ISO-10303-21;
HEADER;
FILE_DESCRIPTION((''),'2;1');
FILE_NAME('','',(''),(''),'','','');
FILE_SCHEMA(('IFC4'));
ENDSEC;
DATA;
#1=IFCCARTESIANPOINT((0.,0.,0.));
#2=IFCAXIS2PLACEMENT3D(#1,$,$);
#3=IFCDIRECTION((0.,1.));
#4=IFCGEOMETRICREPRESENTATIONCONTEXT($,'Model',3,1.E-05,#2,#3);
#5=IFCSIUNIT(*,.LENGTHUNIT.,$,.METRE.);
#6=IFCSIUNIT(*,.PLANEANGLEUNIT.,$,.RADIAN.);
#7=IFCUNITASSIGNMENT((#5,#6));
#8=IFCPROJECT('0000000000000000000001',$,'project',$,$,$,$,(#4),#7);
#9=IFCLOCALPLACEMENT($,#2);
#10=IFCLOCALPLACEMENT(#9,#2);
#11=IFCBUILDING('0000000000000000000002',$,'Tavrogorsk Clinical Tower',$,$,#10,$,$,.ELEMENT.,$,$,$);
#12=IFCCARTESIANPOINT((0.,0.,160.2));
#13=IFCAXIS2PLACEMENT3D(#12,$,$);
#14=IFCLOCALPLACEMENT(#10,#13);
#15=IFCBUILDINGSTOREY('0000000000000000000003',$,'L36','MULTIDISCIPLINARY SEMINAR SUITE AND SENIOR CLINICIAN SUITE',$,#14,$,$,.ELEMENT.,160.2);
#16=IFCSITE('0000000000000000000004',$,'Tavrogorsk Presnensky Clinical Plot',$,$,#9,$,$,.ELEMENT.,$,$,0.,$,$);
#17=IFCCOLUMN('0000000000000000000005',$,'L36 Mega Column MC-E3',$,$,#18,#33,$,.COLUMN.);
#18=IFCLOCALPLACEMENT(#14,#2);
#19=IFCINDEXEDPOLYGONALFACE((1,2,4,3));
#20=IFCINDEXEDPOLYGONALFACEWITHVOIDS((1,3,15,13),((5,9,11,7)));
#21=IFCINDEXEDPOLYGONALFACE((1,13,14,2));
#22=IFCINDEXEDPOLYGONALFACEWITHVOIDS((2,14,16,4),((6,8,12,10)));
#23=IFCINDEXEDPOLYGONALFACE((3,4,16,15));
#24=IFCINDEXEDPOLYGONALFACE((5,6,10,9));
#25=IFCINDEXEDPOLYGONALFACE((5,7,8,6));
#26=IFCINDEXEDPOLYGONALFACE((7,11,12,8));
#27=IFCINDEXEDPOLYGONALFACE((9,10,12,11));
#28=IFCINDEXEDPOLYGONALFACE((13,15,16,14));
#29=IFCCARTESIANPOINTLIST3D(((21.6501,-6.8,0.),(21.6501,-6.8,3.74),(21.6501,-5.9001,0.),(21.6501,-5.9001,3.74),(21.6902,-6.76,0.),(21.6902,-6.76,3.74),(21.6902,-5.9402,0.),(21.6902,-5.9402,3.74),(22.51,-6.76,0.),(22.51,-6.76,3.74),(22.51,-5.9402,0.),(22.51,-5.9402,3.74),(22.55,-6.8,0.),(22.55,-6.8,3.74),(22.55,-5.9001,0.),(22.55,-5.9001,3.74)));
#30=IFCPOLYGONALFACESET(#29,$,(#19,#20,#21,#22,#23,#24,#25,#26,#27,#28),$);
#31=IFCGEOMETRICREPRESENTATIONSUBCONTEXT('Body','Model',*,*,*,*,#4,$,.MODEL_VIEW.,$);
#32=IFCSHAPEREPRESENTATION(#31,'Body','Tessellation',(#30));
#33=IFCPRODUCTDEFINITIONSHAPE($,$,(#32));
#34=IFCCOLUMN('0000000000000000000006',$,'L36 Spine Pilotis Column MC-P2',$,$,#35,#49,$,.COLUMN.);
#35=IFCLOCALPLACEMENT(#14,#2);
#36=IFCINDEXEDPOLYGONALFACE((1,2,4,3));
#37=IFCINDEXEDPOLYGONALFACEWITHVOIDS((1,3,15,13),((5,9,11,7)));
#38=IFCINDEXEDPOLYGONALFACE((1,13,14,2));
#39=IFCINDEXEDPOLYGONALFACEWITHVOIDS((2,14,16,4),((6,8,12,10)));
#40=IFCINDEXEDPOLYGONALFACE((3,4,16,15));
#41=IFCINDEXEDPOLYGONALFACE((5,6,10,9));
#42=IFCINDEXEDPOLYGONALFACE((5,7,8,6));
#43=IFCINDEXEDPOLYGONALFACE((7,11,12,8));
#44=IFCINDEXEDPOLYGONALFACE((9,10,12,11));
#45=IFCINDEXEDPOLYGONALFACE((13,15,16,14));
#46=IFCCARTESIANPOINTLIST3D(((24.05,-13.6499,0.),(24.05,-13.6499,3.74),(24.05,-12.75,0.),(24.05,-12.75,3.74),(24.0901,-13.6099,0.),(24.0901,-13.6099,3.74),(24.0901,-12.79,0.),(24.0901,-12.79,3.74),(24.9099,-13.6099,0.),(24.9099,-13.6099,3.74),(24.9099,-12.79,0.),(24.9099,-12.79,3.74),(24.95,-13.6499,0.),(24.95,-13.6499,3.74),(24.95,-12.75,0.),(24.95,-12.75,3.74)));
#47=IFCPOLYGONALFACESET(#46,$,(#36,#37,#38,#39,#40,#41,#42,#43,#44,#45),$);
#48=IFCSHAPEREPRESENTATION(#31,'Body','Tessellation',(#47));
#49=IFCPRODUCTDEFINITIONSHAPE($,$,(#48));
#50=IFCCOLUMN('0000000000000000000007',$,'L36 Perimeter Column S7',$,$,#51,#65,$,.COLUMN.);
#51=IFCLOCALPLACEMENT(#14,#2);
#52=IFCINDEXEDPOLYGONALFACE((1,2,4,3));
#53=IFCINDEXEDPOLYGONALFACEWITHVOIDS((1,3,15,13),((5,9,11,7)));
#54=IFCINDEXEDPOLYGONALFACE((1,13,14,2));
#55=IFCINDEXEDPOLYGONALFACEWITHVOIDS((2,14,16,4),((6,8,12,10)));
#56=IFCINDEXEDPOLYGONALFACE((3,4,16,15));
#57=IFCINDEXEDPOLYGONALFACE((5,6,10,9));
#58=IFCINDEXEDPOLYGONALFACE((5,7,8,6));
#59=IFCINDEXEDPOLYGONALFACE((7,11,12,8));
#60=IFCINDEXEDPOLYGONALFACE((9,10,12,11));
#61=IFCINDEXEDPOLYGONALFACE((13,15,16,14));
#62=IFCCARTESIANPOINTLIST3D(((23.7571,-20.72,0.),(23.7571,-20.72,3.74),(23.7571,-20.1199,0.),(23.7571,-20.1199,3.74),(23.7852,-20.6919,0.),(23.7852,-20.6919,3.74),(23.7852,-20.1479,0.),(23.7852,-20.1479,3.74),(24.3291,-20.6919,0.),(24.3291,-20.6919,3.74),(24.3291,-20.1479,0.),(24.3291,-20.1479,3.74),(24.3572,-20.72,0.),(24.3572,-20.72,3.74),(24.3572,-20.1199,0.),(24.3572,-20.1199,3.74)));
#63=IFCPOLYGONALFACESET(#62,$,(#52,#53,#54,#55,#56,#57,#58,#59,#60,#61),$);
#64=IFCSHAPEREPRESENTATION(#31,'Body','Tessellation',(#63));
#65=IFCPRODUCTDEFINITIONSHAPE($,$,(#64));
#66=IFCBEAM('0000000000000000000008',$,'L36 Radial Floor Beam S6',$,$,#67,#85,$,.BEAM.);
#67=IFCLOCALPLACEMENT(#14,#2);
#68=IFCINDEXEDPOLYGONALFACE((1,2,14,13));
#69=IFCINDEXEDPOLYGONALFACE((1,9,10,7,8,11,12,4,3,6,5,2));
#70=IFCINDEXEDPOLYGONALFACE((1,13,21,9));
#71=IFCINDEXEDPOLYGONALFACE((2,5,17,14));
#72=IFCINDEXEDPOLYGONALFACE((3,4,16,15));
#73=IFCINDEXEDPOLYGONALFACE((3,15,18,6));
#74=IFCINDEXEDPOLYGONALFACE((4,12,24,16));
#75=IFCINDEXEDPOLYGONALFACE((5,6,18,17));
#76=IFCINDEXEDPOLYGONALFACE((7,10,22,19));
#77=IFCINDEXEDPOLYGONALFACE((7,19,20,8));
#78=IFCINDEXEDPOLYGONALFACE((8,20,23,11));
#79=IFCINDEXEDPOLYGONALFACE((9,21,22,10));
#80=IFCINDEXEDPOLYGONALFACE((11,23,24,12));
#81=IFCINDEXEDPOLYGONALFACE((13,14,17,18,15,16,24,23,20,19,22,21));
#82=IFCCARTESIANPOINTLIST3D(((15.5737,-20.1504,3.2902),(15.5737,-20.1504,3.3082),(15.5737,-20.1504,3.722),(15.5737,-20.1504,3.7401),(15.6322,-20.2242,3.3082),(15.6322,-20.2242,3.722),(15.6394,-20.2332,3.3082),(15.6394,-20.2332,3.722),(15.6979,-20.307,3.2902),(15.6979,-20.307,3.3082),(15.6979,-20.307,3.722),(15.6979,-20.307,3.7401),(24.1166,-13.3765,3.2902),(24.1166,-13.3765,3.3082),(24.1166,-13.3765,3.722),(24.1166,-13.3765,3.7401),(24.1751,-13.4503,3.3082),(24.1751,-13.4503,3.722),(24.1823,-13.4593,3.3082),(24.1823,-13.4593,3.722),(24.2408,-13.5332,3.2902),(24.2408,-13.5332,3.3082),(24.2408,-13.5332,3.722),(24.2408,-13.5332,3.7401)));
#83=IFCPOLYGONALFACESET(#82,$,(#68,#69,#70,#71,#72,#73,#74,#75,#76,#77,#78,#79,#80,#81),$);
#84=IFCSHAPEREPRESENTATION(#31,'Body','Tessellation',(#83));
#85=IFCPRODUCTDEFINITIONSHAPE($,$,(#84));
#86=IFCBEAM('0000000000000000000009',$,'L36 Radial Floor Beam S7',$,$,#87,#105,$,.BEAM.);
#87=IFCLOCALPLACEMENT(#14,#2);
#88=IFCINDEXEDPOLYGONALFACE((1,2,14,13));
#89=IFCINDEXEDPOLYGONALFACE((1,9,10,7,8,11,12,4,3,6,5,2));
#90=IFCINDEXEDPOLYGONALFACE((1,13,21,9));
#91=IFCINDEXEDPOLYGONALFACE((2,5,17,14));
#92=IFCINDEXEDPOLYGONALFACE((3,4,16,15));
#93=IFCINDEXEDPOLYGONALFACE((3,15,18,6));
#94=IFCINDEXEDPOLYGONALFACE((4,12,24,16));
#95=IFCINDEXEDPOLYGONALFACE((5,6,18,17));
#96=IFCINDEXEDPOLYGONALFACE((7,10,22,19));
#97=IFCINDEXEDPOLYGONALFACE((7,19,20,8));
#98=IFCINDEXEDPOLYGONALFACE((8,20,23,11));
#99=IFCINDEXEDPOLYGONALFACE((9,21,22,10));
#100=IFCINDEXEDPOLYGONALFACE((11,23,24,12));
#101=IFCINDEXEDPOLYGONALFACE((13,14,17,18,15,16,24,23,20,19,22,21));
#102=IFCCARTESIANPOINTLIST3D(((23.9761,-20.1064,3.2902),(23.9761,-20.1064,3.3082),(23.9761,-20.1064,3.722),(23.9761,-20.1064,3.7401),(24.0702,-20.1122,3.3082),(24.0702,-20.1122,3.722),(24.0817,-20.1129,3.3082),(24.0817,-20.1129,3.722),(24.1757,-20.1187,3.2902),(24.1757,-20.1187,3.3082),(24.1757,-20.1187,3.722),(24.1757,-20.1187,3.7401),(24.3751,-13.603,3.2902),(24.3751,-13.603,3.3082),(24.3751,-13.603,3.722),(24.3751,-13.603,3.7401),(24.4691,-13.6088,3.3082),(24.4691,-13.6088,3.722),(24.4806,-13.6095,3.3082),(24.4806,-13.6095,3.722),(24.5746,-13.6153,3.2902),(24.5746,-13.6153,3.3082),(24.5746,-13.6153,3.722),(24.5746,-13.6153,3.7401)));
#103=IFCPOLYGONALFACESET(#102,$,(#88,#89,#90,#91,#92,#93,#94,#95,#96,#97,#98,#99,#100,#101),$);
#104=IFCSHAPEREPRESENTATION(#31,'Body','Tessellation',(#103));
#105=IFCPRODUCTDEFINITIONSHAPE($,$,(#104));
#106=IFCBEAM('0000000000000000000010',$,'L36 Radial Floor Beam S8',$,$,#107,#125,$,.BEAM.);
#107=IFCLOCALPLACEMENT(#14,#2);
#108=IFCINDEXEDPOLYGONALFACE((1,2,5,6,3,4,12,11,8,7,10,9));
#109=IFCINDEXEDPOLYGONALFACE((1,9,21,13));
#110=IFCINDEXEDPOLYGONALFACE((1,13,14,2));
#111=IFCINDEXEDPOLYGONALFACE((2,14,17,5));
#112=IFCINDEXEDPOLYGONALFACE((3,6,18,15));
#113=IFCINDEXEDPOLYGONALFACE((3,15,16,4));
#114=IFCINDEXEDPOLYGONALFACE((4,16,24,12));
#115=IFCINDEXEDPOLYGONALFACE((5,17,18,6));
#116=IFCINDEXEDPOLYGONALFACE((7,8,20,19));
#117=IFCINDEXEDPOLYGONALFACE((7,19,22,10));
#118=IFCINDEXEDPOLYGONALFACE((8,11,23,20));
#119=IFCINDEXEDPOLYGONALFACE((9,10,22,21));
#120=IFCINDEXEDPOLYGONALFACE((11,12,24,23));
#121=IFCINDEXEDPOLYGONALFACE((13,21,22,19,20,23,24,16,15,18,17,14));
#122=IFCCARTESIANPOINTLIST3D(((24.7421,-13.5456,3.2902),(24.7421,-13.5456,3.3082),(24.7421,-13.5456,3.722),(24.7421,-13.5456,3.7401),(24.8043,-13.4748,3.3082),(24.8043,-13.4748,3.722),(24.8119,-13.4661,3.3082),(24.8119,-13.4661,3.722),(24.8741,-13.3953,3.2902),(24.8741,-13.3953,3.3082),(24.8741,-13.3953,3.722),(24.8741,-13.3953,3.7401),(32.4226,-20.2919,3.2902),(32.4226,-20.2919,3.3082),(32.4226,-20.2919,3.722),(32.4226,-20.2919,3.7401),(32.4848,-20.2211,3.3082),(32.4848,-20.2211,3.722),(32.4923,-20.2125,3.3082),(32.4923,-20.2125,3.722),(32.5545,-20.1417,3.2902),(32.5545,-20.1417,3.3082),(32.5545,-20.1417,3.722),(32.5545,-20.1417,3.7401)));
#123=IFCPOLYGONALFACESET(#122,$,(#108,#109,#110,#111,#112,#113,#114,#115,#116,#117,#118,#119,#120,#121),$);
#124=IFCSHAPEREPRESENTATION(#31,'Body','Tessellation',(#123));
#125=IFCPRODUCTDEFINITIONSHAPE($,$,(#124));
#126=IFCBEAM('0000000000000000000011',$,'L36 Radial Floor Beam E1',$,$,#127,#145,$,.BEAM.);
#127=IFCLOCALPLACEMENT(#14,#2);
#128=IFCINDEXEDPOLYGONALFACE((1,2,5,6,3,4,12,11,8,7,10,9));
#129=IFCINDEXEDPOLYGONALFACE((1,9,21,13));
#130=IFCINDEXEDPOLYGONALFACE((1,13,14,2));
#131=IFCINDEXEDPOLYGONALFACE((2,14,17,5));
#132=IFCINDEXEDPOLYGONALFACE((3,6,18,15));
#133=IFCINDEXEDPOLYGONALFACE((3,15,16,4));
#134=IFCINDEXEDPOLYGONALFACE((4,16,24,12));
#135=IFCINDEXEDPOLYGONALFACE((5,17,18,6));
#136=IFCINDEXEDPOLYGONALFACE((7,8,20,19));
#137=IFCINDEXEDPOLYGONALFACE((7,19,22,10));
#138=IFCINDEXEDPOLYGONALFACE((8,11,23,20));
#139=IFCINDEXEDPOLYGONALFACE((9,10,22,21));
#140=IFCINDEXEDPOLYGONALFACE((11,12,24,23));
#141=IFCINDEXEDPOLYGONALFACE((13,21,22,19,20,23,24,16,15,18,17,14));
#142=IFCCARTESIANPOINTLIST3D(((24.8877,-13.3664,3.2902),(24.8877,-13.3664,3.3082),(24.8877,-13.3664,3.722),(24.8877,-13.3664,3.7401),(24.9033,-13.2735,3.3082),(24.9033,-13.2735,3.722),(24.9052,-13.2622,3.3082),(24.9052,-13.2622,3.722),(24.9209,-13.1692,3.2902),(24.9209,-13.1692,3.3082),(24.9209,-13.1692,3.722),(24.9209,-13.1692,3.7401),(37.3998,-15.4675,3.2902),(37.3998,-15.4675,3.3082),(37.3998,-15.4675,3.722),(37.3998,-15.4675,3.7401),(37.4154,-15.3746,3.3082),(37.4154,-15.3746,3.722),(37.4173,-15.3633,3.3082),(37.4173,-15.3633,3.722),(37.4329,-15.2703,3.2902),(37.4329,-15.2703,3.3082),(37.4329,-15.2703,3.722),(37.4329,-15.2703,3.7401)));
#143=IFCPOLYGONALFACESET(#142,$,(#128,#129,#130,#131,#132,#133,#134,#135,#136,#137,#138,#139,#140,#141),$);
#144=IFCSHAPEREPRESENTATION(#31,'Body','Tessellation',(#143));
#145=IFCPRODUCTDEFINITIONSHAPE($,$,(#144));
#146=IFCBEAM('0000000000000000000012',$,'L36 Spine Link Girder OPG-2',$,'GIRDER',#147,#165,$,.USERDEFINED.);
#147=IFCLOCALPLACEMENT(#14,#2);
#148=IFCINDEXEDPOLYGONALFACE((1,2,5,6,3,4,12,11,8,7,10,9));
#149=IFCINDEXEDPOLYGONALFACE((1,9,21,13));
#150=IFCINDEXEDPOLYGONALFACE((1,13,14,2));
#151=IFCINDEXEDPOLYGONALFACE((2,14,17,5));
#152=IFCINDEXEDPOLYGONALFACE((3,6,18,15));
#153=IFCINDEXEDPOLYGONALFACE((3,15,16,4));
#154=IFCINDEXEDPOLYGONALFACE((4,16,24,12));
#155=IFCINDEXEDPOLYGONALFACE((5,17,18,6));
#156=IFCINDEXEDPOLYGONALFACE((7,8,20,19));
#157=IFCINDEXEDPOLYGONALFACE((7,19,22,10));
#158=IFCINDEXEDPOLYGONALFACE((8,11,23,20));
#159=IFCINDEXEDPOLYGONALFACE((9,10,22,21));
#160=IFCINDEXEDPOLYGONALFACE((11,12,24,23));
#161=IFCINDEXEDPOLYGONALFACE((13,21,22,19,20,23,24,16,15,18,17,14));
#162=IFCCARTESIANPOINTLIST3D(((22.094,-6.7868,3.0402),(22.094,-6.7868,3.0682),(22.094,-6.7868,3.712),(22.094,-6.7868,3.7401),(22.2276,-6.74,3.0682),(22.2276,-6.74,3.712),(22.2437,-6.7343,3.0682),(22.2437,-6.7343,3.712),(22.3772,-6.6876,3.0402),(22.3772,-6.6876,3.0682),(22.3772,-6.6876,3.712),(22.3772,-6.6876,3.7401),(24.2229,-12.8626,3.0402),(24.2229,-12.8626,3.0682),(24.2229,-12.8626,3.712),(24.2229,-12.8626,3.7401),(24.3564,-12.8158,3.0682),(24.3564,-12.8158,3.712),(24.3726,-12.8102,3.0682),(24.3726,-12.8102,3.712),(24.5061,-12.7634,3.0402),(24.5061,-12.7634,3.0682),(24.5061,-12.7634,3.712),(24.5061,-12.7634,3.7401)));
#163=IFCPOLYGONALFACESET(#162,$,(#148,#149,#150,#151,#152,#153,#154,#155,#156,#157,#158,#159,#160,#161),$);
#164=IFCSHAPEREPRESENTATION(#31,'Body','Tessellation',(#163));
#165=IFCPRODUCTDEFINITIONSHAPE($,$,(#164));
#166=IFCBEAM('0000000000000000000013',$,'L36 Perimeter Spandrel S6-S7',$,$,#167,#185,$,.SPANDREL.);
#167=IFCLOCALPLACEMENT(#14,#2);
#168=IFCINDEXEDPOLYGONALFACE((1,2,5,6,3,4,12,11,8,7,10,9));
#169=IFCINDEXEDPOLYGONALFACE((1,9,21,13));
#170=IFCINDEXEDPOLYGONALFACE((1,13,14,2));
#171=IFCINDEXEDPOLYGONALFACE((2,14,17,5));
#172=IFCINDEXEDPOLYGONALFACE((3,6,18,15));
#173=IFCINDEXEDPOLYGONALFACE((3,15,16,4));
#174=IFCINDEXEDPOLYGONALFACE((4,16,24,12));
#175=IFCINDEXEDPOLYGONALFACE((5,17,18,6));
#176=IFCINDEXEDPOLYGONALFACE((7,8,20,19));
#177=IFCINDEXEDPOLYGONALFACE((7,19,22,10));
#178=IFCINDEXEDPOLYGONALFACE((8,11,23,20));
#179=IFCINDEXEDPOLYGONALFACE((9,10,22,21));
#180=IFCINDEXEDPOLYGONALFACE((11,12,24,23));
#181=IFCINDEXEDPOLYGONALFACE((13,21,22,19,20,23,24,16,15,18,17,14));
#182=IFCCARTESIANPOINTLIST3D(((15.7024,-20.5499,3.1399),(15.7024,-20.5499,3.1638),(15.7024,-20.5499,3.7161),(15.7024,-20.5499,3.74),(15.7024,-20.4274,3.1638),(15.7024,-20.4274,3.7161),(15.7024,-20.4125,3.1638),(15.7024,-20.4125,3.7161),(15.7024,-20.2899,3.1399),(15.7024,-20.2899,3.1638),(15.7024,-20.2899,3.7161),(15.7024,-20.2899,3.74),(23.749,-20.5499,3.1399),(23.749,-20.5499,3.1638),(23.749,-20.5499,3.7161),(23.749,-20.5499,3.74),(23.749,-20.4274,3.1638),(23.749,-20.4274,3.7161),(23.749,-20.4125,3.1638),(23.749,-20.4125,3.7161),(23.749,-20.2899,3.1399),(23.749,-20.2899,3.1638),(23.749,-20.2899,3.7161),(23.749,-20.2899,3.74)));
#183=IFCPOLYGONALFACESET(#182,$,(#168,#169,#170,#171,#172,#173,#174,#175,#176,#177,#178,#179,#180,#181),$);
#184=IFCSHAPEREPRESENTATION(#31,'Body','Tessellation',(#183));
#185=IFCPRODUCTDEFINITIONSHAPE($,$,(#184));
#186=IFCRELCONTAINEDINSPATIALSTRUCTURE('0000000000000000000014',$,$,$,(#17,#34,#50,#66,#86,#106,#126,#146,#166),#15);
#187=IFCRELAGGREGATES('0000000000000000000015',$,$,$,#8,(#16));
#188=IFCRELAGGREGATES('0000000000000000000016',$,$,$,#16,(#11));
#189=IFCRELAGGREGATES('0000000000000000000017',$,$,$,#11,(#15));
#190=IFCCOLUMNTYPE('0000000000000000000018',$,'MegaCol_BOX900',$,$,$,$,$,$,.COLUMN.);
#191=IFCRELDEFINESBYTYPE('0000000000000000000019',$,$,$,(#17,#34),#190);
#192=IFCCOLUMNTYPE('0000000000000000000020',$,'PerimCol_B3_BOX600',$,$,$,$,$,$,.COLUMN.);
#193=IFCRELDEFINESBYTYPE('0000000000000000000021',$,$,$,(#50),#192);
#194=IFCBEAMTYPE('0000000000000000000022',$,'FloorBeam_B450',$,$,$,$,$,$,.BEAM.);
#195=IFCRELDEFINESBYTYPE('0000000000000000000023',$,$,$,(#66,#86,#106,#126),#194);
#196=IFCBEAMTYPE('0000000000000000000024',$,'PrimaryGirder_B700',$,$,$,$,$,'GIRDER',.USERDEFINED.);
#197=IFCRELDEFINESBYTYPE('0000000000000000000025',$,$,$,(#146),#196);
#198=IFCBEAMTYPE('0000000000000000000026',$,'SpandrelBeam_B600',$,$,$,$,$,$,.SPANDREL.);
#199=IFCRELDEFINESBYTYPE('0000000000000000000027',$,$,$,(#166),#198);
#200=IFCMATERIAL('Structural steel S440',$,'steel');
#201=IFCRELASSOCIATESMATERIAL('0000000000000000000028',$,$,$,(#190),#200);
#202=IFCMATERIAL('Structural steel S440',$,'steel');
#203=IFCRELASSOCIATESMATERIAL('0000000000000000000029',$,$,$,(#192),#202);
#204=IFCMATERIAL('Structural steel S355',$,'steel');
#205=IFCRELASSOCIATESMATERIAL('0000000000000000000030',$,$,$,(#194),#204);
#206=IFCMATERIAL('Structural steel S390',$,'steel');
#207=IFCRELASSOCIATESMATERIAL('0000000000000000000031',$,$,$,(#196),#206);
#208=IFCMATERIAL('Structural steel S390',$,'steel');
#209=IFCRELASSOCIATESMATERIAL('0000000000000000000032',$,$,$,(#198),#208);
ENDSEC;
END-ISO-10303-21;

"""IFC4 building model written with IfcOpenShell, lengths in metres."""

from ifc_helpers import new_model, si_unit, direction, frame, origin, origin_2d, place, context, subcontext, project, spatial, hollow_rectangle, i_section, extrude, material, material_profile, profile_set, type_object, element, save


model = new_model("IFC4")

# Units and contexts
model_context = context("Model", 3, precision=1e-05, world=origin(), true_north=direction((0.0, 1.0)))
body_context = subcontext(model_context, "Body", "Model", "MODEL_VIEW")
ifc_project = project(units=[si_unit("LENGTHUNIT", "METRE"), si_unit("PLANEANGLEUNIT", "RADIAN")], contexts=[model_context])

# Site, building, storey
site_placement = place(None, origin())
site = spatial("IfcSite", under=ifc_project, at=site_placement, Name="Tavrogorsk Presnensky Clinical Plot", CompositionType="ELEMENT", RefElevation=0.0)
building_placement = place(site_placement, origin())
building = spatial("IfcBuilding", under=site, at=building_placement, Name="Tavrogorsk Clinical Tower", CompositionType="ELEMENT")
storey_placement = place(building_placement, frame((0.0, 0.0, 160.2)))
storey = spatial("IfcBuildingStorey", under=building, at=storey_placement, Name="L36", Description="MULTIDISCIPLINARY SEMINAR SUITE AND SENIOR CLINICIAN SUITE", CompositionType="ELEMENT", Elevation=160.2)

# Columns
ifc_material_1 = material(Name="Structural steel S440", Category="steel")
ifc_material_profile_1 = material_profile(ifc_material_1, hollow_rectangle(XDim=0.8999, YDim=0.8999, WallThickness=0.04, at=origin_2d()), Name="BOX-900x900x40")
ifc_profile_set_1 = profile_set([ifc_material_profile_1], Name="Structural steel S440")
column_type_1 = type_object("IfcColumnType", Name="MegaCol_BOX900", PredefinedType="COLUMN", material=ifc_profile_set_1)
for number, where, z_axis, x_axis, name in (
    (1, (22.1001, -6.3501, 0.0), (0.0, 0.0, 1.0), (1.0, 0.0, 0.0), "L36 Mega Column MC-E3"),
    (2, (24.5, -13.2, 0.0), (0.0, 0.0, 1.0), (1.0, 0.0, 0.0), "L36 Spine Pilotis Column MC-P2"),
):
    element("IfcColumn", number, at=place(storey_placement, frame(where, z_axis=z_axis, x_axis=x_axis)), inside=storey, type_object=column_type_1, Name=name, PredefinedType="COLUMN", context=body_context, shape_type="SweptSolid", body=[
        extrude(hollow_rectangle(XDim=0.8999, YDim=0.8999, WallThickness=0.04, at=origin_2d()), origin(), (0.0, 0.0, 1.0), 3.74),
    ])
ifc_material_2 = material(Name="Structural steel S440", Category="steel")
ifc_material_profile_2 = material_profile(ifc_material_2, hollow_rectangle(XDim=0.6001, YDim=0.6001, WallThickness=0.0281, at=origin_2d()), Name="BOX-600x600x28")
ifc_profile_set_2 = profile_set([ifc_material_profile_2], Name="Structural steel S440")
column_type_2 = type_object("IfcColumnType", Name="PerimCol_B3_BOX600", PredefinedType="COLUMN", material=ifc_profile_set_2)
column_placement = place(storey_placement, frame((24.0571, -20.4199, 0.0), z_axis=(0.0, 0.0, 1.0), x_axis=(1.0, 0.0, 0.0)))
element("IfcColumn", 3, at=column_placement, inside=storey, type_object=column_type_2, Name="L36 Perimeter Column S7", PredefinedType="COLUMN", context=body_context, shape_type="SweptSolid", body=[
    extrude(hollow_rectangle(XDim=0.6001, YDim=0.6001, WallThickness=0.0281, at=origin_2d()), origin(), (0.0, 0.0, 1.0), 3.74),
])

# Beams
ifc_material_3 = material(Name="Structural steel S355", Category="steel")
ifc_material_profile_3 = material_profile(ifc_material_3, i_section(OverallWidth=0.2, OverallDepth=0.45, WebThickness=0.0115, FlangeThickness=0.0181, at=origin_2d()), Name="B-450x200x11.5x18")
ifc_profile_set_3 = profile_set([ifc_material_profile_3], Name="Structural steel S355")
beam_type_1 = type_object("IfcBeamType", Name="FloorBeam_B450", PredefinedType="BEAM", material=ifc_profile_set_3)
beam_1_placement = place(storey_placement, frame((24.1787, -13.4548, 3.5151), z_axis=(-0.783566, -0.621308, 0.0), x_axis=(0.621308, -0.783566, 0.0)))
element("IfcBeam", 4, at=beam_1_placement, inside=storey, type_object=beam_type_1, Name="L36 Radial Floor Beam S6", PredefinedType="BEAM", context=body_context, shape_type="SweptSolid", body=[
    extrude(i_section(OverallWidth=0.2, OverallDepth=0.45, WebThickness=0.0115, FlangeThickness=0.0181, at=origin_2d()), origin(), (0.0, 0.0, 1.0), 10.9026),
])
beam_2_placement = place(storey_placement, frame((24.4749, -13.6091, 3.5151), z_axis=(-0.061226, -0.998124, 0.0), x_axis=(0.998124, -0.061226, 0.0)))
element("IfcBeam", 5, at=beam_2_placement, inside=storey, type_object=beam_type_1, Name="L36 Radial Floor Beam S7", PredefinedType="BEAM", context=body_context, shape_type="SweptSolid", body=[
    extrude(i_section(OverallWidth=0.2, OverallDepth=0.45, WebThickness=0.0115, FlangeThickness=0.0181, at=origin_2d()), origin(), (0.0, 0.0, 1.0), 6.5156),
])
beam_3_placement = place(storey_placement, frame((24.8081, -13.4705, 3.5151), z_axis=(0.751316, -0.659942, 0.0), x_axis=(0.659942, 0.751316, 0.0)))
element("IfcBeam", 6, at=beam_3_placement, inside=storey, type_object=beam_type_1, Name="L36 Radial Floor Beam S8", PredefinedType="BEAM", context=body_context, shape_type="SweptSolid", body=[
    extrude(i_section(OverallWidth=0.2, OverallDepth=0.45, WebThickness=0.0115, FlangeThickness=0.0181, at=origin_2d()), origin(), (0.0, 0.0, 1.0), 10.2227),
])
beam_4_placement = place(storey_placement, frame((24.9043, -13.2678, 3.5151), z_axis=(0.986192, -0.165607, 0.0), x_axis=(0.165607, 0.986192, 0.0)))
element("IfcBeam", 7, at=beam_4_placement, inside=storey, type_object=beam_type_1, Name="L36 Radial Floor Beam E1", PredefinedType="BEAM", context=body_context, shape_type="SweptSolid", body=[
    extrude(i_section(OverallWidth=0.2, OverallDepth=0.45, WebThickness=0.0115, FlangeThickness=0.0181, at=origin_2d()), origin(), (0.0, 0.0, 1.0), 12.6873),
])
ifc_material_4 = material(Name="Structural steel S390", Category="steel")
ifc_material_profile_4 = material_profile(ifc_material_4, i_section(OverallWidth=0.3, OverallDepth=0.7, WebThickness=0.0171, FlangeThickness=0.0281, at=origin_2d()), Name="B-700x300x17x28")
ifc_profile_set_4 = profile_set([ifc_material_profile_4], Name="Structural steel S390")
beam_type_2 = type_object("IfcBeamType", Name="PrimaryGirder_B700", ElementType="GIRDER", PredefinedType="USERDEFINED", material=ifc_profile_set_4)
beam_5_placement = place(storey_placement, frame((24.3645, -12.813, 3.3901), z_axis=(-0.330673, 0.943745, 0.0), x_axis=(-0.943745, -0.330673, 0.0)))
element("IfcBeam", 8, at=beam_5_placement, inside=storey, type_object=beam_type_2, Name="L36 Spine Link Girder OPG-2", ObjectType="GIRDER", PredefinedType="USERDEFINED", context=body_context, shape_type="SweptSolid", body=[
    extrude(i_section(OverallWidth=0.3, OverallDepth=0.7, WebThickness=0.0171, FlangeThickness=0.0281, at=origin_2d()), origin(), (0.0, 0.0, 1.0), 6.438),
])
ifc_material_5 = material(Name="Structural steel S390", Category="steel")
ifc_material_profile_5 = material_profile(ifc_material_5, i_section(OverallWidth=0.26, OverallDepth=0.6001, WebThickness=0.0149, FlangeThickness=0.0239, at=origin_2d()), Name="B-600x260x15x24")
ifc_profile_set_5 = profile_set([ifc_material_profile_5], Name="Structural steel S390")
beam_type_3 = type_object("IfcBeamType", Name="SpandrelBeam_B600", PredefinedType="SPANDREL", material=ifc_profile_set_5)
beam_6_placement = place(storey_placement, frame((15.7024, -20.4199, 3.4399), z_axis=(1.0, 0.0, 0.0), x_axis=(0.0, 1.0, 0.0)))
element("IfcBeam", 9, at=beam_6_placement, inside=storey, type_object=beam_type_3, Name="L36 Perimeter Spandrel S6-S7", PredefinedType="SPANDREL", context=body_context, shape_type="SweptSolid", body=[
    extrude(i_section(OverallWidth=0.26, OverallDepth=0.6001, WebThickness=0.0149, FlangeThickness=0.0239, at=origin_2d()), origin(), (0.0, 0.0, 1.0), 8.0466),
])

save(model, "model.ifc")
